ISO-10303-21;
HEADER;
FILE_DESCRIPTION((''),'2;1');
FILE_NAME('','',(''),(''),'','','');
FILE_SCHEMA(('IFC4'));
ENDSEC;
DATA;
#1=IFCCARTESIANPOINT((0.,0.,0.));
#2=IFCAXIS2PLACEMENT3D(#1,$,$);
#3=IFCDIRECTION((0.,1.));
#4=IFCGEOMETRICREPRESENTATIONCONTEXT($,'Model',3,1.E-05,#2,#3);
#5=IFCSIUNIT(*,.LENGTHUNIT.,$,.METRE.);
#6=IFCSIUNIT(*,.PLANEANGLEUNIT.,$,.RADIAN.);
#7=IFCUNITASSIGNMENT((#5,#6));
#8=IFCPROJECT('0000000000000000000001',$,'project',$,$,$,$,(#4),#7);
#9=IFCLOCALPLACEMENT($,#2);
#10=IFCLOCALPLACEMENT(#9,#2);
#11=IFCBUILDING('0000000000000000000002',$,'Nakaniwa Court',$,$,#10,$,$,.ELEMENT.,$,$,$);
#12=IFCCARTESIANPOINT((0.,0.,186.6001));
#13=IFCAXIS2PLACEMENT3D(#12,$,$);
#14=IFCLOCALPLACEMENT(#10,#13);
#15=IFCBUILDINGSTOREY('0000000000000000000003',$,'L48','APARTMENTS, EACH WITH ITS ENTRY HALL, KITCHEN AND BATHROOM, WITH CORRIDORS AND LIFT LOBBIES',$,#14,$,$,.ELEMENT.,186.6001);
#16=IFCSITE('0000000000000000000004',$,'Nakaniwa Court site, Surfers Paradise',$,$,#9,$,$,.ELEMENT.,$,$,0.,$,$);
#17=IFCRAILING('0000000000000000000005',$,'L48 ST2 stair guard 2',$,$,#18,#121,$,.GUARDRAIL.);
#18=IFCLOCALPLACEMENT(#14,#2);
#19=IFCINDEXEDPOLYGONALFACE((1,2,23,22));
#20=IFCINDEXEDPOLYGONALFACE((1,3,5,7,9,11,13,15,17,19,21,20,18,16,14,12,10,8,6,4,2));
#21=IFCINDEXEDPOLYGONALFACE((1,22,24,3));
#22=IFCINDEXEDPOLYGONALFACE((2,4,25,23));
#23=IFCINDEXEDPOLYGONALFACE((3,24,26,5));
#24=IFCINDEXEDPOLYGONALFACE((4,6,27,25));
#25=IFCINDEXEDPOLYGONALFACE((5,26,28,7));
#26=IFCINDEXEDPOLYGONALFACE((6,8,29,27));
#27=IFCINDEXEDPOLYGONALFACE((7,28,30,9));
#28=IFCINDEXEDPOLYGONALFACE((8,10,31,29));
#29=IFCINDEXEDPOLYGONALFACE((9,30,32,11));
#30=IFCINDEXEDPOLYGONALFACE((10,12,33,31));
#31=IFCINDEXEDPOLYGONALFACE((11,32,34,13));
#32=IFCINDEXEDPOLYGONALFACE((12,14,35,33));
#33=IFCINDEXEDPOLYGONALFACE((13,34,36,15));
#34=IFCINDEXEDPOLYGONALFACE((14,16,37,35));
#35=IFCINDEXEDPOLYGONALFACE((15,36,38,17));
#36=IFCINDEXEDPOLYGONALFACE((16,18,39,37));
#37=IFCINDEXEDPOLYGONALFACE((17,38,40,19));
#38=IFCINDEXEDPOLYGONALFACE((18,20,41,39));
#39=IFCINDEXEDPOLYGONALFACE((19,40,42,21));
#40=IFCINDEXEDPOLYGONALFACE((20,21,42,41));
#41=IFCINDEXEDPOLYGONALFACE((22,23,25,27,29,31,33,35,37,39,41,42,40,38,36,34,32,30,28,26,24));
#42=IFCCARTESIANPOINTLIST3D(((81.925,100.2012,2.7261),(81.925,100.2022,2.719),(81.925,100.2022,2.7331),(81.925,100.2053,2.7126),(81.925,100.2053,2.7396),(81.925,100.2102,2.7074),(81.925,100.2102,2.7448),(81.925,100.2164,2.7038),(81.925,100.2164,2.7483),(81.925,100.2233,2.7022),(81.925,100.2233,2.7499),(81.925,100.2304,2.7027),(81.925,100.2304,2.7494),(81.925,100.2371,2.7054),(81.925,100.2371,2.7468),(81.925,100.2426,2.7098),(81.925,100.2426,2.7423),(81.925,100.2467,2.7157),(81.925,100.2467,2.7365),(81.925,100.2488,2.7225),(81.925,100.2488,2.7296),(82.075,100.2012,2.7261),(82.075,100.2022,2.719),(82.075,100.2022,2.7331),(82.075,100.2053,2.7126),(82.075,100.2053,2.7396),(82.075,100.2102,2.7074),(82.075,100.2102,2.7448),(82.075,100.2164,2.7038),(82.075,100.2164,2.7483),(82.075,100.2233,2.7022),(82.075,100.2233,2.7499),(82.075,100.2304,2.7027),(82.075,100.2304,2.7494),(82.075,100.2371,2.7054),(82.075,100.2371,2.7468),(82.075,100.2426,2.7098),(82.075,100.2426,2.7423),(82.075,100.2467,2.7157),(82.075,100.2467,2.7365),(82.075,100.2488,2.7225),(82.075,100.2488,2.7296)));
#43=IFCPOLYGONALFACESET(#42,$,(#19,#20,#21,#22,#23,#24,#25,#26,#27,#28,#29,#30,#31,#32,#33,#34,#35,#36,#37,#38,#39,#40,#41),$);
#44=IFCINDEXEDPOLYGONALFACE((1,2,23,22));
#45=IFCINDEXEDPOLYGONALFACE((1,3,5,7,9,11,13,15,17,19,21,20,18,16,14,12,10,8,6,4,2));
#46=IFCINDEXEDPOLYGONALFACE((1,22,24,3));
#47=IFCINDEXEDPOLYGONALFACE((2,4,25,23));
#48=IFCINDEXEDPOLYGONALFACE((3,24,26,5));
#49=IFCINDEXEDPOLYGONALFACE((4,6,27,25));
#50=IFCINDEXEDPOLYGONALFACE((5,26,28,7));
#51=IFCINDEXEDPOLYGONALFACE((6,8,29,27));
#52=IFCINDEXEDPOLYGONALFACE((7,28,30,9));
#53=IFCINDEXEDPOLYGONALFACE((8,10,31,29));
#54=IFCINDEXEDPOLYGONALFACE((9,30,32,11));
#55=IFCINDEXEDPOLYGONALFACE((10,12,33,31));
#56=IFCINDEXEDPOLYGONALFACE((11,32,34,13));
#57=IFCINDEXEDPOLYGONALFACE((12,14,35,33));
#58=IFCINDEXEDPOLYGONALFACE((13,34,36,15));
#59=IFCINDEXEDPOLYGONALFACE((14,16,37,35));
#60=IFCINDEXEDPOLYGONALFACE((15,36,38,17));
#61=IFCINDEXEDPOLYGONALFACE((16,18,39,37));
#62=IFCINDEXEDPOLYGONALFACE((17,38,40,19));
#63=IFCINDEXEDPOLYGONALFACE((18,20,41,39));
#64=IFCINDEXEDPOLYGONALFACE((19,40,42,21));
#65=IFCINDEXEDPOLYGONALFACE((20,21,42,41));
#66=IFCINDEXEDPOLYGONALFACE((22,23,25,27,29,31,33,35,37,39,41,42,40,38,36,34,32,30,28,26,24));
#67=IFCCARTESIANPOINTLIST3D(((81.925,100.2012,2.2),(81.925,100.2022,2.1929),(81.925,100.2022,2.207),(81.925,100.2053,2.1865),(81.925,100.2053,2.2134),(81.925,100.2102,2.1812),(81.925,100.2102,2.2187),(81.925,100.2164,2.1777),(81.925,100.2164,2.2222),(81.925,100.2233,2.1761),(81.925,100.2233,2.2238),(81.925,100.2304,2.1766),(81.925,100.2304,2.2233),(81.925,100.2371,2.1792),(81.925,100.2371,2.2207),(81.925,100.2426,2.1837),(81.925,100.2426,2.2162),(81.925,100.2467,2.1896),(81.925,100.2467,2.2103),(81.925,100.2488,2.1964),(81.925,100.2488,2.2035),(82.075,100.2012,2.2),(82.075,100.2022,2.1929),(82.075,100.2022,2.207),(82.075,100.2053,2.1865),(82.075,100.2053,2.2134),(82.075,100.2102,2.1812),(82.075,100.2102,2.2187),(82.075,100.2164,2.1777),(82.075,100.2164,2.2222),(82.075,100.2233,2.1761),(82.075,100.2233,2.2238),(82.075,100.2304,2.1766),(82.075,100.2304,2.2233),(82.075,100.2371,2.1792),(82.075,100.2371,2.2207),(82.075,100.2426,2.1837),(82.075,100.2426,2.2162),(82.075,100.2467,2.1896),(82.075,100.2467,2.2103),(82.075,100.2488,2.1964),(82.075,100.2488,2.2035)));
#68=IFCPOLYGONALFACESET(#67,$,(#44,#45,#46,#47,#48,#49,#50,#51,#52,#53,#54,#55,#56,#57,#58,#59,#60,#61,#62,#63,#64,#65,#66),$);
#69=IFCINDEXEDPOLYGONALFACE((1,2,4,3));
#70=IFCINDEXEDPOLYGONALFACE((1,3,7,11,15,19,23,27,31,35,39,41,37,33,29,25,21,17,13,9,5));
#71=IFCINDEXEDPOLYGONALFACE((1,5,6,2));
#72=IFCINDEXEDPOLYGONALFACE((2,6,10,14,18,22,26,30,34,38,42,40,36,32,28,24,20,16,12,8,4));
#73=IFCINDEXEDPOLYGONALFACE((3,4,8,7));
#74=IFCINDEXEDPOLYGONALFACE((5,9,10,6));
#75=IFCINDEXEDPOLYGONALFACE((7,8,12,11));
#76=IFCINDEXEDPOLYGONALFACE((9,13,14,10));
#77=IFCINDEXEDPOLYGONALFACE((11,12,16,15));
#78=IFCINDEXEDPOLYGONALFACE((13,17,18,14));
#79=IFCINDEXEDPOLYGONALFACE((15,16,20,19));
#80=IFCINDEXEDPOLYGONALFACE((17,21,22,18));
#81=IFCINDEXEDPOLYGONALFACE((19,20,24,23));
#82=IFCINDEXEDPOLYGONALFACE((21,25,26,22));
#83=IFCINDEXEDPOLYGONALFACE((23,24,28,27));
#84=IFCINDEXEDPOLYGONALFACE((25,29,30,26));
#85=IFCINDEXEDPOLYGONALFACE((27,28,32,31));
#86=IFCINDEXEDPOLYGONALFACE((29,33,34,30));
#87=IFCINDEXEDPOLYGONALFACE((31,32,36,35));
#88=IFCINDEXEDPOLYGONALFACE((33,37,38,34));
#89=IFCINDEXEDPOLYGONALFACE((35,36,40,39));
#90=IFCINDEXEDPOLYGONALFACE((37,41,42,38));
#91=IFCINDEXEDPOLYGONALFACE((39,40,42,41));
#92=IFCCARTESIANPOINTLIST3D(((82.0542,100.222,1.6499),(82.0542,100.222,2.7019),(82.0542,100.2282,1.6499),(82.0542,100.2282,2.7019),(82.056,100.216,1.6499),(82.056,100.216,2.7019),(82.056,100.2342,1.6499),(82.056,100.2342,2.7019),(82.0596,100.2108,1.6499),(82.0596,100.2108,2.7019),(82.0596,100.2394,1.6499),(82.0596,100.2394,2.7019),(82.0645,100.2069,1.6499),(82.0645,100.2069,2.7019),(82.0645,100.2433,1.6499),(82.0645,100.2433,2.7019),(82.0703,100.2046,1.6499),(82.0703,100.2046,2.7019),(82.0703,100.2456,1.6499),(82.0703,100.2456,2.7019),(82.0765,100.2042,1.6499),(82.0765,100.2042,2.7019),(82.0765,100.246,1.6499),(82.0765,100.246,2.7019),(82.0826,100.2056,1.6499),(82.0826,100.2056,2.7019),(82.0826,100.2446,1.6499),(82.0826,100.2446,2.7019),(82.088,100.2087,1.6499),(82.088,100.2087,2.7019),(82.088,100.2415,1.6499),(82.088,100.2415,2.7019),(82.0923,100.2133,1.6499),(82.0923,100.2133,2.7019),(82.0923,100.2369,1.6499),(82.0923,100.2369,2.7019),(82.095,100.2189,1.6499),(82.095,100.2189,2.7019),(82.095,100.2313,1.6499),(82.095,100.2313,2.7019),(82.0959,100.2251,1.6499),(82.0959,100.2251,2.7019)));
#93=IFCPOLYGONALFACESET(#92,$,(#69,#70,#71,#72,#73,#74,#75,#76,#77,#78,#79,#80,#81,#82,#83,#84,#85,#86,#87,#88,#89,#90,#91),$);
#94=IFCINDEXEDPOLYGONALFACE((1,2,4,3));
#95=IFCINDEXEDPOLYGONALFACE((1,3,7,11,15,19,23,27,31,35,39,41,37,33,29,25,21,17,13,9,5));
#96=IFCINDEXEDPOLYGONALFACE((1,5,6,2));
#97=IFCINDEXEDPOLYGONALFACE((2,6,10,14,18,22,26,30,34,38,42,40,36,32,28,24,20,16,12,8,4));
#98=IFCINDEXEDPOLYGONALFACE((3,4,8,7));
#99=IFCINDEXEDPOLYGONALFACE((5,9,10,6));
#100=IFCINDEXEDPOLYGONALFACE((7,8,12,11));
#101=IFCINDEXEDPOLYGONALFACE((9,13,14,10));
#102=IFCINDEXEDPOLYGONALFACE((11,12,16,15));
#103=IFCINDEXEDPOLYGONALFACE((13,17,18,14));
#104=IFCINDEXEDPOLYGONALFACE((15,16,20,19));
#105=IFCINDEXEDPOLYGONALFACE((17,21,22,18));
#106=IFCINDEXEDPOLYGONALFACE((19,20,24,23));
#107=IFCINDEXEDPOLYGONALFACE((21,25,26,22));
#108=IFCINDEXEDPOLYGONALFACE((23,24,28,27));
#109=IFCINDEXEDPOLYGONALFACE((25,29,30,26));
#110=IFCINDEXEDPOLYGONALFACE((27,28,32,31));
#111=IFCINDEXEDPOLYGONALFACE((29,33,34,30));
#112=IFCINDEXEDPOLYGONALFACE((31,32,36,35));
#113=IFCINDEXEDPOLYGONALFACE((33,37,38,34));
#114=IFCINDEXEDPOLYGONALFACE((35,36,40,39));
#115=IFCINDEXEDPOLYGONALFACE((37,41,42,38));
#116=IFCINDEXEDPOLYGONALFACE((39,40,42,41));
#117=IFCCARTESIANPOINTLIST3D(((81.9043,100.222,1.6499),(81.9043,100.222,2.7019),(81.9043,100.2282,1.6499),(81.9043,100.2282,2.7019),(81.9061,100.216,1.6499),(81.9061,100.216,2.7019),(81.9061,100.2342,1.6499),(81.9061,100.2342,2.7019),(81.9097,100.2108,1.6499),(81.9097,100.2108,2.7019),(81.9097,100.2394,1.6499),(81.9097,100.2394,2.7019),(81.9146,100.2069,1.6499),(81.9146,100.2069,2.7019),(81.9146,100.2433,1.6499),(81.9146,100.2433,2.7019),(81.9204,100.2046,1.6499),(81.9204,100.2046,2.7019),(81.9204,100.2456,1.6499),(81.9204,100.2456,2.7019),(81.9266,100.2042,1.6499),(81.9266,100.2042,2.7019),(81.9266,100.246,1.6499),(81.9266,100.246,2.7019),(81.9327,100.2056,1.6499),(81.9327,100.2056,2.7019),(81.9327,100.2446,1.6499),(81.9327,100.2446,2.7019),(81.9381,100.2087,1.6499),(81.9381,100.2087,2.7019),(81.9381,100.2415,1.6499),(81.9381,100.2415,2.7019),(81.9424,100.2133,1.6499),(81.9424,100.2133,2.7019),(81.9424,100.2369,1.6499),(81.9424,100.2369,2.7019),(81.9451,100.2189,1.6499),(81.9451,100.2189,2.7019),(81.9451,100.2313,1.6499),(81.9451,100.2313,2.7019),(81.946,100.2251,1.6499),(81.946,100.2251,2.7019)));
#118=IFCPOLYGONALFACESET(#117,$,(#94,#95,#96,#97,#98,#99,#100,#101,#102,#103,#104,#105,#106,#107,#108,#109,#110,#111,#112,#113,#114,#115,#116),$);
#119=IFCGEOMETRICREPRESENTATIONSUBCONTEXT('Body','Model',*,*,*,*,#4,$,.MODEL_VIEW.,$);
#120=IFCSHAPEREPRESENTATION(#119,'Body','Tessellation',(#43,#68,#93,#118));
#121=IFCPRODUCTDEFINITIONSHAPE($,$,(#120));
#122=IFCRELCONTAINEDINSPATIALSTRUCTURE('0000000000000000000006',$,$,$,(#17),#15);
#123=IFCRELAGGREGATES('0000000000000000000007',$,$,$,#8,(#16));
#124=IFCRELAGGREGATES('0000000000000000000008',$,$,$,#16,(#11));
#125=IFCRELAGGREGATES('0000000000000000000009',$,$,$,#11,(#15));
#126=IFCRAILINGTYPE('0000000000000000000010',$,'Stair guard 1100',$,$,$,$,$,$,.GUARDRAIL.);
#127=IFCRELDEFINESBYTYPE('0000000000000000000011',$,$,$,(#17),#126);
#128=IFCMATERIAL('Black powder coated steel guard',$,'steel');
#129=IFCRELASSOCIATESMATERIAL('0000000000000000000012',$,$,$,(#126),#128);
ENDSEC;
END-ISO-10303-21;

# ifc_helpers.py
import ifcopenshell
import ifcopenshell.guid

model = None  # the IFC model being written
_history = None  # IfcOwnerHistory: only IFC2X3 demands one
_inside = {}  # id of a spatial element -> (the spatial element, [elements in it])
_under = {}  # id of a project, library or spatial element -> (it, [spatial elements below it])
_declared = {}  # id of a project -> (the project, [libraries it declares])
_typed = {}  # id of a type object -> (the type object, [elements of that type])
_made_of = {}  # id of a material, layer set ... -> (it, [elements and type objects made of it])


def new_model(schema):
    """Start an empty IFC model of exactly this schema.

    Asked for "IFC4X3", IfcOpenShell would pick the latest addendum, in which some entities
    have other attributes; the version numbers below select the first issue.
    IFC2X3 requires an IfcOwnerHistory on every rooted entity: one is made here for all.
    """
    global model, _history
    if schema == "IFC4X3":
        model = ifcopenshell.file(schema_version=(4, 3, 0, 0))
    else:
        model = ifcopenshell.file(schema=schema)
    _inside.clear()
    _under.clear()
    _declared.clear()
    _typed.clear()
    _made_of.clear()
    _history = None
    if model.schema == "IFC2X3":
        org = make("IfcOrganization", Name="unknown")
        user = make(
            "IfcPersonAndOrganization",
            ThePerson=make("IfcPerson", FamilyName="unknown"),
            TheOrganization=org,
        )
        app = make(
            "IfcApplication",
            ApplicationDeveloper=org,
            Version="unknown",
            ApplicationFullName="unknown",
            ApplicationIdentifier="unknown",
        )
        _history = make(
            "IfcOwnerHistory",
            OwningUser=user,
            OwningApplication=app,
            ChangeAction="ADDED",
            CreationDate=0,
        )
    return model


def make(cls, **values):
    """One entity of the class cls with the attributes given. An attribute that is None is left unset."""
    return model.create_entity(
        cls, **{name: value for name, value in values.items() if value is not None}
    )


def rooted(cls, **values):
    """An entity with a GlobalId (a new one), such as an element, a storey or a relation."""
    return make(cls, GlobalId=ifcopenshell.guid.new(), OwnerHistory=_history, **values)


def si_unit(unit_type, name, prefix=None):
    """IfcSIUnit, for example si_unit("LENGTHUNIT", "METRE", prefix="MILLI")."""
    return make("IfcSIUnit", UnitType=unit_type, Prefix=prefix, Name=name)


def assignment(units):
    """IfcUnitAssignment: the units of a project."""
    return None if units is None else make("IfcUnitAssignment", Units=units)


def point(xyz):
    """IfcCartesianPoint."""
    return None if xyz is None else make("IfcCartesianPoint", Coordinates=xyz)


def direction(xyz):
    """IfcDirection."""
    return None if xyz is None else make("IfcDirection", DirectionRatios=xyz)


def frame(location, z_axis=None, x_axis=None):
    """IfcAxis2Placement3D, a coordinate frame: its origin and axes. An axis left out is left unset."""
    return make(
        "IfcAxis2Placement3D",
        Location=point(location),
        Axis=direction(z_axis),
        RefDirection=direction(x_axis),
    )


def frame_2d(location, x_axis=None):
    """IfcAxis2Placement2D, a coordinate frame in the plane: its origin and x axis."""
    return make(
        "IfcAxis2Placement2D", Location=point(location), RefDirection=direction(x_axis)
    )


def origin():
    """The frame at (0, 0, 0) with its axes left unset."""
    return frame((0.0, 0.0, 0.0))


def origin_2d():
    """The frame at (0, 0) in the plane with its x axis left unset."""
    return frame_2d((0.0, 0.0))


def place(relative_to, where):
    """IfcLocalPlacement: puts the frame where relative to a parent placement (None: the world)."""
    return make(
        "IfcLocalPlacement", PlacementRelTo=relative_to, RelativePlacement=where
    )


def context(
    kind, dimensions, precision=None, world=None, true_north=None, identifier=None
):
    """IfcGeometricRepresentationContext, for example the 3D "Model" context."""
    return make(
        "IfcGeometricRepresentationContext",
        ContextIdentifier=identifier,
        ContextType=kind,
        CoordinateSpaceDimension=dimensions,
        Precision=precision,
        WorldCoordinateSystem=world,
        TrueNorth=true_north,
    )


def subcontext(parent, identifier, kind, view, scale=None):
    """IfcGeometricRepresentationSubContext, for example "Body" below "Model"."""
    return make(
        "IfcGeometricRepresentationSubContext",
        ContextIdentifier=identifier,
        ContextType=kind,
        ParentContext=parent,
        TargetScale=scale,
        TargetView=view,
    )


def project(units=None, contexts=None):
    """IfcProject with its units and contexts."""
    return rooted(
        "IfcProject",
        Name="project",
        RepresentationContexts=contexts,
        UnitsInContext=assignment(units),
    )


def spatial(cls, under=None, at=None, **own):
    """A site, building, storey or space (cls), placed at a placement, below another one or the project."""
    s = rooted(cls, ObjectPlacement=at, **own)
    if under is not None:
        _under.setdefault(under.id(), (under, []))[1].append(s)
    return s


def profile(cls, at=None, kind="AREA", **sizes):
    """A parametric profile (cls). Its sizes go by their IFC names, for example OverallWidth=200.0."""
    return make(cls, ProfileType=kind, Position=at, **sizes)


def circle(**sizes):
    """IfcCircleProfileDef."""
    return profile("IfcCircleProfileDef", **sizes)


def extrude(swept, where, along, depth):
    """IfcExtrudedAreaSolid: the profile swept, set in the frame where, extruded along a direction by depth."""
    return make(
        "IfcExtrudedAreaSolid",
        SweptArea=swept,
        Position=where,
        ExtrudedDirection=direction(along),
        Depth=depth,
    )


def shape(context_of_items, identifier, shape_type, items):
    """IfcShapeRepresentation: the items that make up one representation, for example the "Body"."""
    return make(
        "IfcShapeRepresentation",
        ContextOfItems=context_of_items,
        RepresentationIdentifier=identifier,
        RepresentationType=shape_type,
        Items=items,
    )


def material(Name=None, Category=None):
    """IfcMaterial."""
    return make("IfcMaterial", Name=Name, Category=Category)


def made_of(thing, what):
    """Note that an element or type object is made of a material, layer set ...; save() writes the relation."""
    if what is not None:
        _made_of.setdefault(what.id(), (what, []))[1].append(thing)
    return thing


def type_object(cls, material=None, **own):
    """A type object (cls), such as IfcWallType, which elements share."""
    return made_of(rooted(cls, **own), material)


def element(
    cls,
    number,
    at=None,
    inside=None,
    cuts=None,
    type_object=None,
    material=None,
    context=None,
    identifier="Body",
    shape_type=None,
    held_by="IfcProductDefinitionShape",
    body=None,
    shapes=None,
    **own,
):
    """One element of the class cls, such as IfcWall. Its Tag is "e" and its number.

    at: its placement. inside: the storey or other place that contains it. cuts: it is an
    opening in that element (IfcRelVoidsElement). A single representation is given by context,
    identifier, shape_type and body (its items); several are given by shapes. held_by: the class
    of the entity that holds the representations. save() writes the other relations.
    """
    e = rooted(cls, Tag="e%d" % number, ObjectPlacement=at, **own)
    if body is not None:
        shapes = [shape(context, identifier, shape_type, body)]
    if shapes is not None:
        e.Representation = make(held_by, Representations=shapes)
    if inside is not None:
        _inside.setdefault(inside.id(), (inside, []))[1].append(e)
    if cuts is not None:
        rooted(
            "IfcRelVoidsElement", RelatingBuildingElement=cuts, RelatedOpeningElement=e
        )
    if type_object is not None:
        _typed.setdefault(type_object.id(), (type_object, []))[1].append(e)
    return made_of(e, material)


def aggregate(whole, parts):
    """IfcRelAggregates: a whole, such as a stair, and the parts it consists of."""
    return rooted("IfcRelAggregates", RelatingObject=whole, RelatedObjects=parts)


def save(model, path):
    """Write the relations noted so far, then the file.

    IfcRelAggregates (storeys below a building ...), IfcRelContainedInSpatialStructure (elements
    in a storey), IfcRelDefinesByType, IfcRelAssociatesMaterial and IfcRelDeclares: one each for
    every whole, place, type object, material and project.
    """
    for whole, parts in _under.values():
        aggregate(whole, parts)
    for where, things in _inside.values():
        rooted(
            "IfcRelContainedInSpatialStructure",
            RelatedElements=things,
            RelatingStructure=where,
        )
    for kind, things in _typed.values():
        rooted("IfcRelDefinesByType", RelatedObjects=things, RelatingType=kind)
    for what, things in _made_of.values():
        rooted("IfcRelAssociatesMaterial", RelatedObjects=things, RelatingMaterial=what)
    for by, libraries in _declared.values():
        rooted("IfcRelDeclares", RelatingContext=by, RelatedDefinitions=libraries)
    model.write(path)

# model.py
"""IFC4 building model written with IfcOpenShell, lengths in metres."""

from ifc_helpers import new_model, si_unit, direction, frame, origin, origin_2d, place, context, subcontext, project, spatial, circle, extrude, material, type_object, element, save


model = new_model("IFC4")

# Units and contexts
model_context = context("Model", 3, precision=1e-05, world=origin(), true_north=direction((0.0, 1.0)))
body_context = subcontext(model_context, "Body", "Model", "MODEL_VIEW")
ifc_project = project(units=[si_unit("LENGTHUNIT", "METRE"), si_unit("PLANEANGLEUNIT", "RADIAN")], contexts=[model_context])

# Site, building, storey
site_placement = place(None, origin())
site = spatial("IfcSite", under=ifc_project, at=site_placement, Name="Nakaniwa Court site, Surfers Paradise", CompositionType="ELEMENT", RefElevation=0.0)
building_placement = place(site_placement, origin())
building = spatial("IfcBuilding", under=site, at=building_placement, Name="Nakaniwa Court", CompositionType="ELEMENT")
storey_placement = place(building_placement, frame((0.0, 0.0, 186.6001)))
storey = spatial("IfcBuildingStorey", under=building, at=storey_placement, Name="L48", Description="APARTMENTS, EACH WITH ITS ENTRY HALL, KITCHEN AND BATHROOM, WITH CORRIDORS AND LIFT LOBBIES", CompositionType="ELEMENT", Elevation=186.6001)

# Railing
ifc_material_1 = material(Name="Black powder coated steel guard", Category="steel")
railing_type_1 = type_object("IfcRailingType", Name="Stair guard 1100", PredefinedType="GUARDRAIL", material=ifc_material_1)
railing_1_placement = place(storey_placement, frame((82.075, 100.2251, 1.6499)))
element("IfcRailing", 1, at=railing_1_placement, inside=storey, type_object=railing_type_1, Name="L48 ST2 stair guard 2", PredefinedType="GUARDRAIL", context=body_context, shape_type="SweptSolid", body=[
    extrude(circle(Radius=0.0239, at=origin_2d()), frame((0.0, 0.0, 1.0762), z_axis=(-1.0, 0.0, 0.0), x_axis=(0.0, -1.0, 0.0)), (0.0, 0.0, 1.0), 0.1499),
    extrude(circle(Radius=0.0239, at=origin_2d()), frame((0.0, 0.0, 0.55), z_axis=(-1.0, 0.0, 0.0), x_axis=(0.0, -1.0, 0.0)), (0.0, 0.0, 1.0), 0.1499),
    extrude(circle(Radius=0.021, at=origin_2d()), origin(), (0.0, 0.0, 1.0), 1.052),
    extrude(circle(Radius=0.021, at=origin_2d()), frame((-0.1499, 0.0, 0.0)), (0.0, 0.0, 1.0), 1.052),
])

save(model, "model.ifc")
